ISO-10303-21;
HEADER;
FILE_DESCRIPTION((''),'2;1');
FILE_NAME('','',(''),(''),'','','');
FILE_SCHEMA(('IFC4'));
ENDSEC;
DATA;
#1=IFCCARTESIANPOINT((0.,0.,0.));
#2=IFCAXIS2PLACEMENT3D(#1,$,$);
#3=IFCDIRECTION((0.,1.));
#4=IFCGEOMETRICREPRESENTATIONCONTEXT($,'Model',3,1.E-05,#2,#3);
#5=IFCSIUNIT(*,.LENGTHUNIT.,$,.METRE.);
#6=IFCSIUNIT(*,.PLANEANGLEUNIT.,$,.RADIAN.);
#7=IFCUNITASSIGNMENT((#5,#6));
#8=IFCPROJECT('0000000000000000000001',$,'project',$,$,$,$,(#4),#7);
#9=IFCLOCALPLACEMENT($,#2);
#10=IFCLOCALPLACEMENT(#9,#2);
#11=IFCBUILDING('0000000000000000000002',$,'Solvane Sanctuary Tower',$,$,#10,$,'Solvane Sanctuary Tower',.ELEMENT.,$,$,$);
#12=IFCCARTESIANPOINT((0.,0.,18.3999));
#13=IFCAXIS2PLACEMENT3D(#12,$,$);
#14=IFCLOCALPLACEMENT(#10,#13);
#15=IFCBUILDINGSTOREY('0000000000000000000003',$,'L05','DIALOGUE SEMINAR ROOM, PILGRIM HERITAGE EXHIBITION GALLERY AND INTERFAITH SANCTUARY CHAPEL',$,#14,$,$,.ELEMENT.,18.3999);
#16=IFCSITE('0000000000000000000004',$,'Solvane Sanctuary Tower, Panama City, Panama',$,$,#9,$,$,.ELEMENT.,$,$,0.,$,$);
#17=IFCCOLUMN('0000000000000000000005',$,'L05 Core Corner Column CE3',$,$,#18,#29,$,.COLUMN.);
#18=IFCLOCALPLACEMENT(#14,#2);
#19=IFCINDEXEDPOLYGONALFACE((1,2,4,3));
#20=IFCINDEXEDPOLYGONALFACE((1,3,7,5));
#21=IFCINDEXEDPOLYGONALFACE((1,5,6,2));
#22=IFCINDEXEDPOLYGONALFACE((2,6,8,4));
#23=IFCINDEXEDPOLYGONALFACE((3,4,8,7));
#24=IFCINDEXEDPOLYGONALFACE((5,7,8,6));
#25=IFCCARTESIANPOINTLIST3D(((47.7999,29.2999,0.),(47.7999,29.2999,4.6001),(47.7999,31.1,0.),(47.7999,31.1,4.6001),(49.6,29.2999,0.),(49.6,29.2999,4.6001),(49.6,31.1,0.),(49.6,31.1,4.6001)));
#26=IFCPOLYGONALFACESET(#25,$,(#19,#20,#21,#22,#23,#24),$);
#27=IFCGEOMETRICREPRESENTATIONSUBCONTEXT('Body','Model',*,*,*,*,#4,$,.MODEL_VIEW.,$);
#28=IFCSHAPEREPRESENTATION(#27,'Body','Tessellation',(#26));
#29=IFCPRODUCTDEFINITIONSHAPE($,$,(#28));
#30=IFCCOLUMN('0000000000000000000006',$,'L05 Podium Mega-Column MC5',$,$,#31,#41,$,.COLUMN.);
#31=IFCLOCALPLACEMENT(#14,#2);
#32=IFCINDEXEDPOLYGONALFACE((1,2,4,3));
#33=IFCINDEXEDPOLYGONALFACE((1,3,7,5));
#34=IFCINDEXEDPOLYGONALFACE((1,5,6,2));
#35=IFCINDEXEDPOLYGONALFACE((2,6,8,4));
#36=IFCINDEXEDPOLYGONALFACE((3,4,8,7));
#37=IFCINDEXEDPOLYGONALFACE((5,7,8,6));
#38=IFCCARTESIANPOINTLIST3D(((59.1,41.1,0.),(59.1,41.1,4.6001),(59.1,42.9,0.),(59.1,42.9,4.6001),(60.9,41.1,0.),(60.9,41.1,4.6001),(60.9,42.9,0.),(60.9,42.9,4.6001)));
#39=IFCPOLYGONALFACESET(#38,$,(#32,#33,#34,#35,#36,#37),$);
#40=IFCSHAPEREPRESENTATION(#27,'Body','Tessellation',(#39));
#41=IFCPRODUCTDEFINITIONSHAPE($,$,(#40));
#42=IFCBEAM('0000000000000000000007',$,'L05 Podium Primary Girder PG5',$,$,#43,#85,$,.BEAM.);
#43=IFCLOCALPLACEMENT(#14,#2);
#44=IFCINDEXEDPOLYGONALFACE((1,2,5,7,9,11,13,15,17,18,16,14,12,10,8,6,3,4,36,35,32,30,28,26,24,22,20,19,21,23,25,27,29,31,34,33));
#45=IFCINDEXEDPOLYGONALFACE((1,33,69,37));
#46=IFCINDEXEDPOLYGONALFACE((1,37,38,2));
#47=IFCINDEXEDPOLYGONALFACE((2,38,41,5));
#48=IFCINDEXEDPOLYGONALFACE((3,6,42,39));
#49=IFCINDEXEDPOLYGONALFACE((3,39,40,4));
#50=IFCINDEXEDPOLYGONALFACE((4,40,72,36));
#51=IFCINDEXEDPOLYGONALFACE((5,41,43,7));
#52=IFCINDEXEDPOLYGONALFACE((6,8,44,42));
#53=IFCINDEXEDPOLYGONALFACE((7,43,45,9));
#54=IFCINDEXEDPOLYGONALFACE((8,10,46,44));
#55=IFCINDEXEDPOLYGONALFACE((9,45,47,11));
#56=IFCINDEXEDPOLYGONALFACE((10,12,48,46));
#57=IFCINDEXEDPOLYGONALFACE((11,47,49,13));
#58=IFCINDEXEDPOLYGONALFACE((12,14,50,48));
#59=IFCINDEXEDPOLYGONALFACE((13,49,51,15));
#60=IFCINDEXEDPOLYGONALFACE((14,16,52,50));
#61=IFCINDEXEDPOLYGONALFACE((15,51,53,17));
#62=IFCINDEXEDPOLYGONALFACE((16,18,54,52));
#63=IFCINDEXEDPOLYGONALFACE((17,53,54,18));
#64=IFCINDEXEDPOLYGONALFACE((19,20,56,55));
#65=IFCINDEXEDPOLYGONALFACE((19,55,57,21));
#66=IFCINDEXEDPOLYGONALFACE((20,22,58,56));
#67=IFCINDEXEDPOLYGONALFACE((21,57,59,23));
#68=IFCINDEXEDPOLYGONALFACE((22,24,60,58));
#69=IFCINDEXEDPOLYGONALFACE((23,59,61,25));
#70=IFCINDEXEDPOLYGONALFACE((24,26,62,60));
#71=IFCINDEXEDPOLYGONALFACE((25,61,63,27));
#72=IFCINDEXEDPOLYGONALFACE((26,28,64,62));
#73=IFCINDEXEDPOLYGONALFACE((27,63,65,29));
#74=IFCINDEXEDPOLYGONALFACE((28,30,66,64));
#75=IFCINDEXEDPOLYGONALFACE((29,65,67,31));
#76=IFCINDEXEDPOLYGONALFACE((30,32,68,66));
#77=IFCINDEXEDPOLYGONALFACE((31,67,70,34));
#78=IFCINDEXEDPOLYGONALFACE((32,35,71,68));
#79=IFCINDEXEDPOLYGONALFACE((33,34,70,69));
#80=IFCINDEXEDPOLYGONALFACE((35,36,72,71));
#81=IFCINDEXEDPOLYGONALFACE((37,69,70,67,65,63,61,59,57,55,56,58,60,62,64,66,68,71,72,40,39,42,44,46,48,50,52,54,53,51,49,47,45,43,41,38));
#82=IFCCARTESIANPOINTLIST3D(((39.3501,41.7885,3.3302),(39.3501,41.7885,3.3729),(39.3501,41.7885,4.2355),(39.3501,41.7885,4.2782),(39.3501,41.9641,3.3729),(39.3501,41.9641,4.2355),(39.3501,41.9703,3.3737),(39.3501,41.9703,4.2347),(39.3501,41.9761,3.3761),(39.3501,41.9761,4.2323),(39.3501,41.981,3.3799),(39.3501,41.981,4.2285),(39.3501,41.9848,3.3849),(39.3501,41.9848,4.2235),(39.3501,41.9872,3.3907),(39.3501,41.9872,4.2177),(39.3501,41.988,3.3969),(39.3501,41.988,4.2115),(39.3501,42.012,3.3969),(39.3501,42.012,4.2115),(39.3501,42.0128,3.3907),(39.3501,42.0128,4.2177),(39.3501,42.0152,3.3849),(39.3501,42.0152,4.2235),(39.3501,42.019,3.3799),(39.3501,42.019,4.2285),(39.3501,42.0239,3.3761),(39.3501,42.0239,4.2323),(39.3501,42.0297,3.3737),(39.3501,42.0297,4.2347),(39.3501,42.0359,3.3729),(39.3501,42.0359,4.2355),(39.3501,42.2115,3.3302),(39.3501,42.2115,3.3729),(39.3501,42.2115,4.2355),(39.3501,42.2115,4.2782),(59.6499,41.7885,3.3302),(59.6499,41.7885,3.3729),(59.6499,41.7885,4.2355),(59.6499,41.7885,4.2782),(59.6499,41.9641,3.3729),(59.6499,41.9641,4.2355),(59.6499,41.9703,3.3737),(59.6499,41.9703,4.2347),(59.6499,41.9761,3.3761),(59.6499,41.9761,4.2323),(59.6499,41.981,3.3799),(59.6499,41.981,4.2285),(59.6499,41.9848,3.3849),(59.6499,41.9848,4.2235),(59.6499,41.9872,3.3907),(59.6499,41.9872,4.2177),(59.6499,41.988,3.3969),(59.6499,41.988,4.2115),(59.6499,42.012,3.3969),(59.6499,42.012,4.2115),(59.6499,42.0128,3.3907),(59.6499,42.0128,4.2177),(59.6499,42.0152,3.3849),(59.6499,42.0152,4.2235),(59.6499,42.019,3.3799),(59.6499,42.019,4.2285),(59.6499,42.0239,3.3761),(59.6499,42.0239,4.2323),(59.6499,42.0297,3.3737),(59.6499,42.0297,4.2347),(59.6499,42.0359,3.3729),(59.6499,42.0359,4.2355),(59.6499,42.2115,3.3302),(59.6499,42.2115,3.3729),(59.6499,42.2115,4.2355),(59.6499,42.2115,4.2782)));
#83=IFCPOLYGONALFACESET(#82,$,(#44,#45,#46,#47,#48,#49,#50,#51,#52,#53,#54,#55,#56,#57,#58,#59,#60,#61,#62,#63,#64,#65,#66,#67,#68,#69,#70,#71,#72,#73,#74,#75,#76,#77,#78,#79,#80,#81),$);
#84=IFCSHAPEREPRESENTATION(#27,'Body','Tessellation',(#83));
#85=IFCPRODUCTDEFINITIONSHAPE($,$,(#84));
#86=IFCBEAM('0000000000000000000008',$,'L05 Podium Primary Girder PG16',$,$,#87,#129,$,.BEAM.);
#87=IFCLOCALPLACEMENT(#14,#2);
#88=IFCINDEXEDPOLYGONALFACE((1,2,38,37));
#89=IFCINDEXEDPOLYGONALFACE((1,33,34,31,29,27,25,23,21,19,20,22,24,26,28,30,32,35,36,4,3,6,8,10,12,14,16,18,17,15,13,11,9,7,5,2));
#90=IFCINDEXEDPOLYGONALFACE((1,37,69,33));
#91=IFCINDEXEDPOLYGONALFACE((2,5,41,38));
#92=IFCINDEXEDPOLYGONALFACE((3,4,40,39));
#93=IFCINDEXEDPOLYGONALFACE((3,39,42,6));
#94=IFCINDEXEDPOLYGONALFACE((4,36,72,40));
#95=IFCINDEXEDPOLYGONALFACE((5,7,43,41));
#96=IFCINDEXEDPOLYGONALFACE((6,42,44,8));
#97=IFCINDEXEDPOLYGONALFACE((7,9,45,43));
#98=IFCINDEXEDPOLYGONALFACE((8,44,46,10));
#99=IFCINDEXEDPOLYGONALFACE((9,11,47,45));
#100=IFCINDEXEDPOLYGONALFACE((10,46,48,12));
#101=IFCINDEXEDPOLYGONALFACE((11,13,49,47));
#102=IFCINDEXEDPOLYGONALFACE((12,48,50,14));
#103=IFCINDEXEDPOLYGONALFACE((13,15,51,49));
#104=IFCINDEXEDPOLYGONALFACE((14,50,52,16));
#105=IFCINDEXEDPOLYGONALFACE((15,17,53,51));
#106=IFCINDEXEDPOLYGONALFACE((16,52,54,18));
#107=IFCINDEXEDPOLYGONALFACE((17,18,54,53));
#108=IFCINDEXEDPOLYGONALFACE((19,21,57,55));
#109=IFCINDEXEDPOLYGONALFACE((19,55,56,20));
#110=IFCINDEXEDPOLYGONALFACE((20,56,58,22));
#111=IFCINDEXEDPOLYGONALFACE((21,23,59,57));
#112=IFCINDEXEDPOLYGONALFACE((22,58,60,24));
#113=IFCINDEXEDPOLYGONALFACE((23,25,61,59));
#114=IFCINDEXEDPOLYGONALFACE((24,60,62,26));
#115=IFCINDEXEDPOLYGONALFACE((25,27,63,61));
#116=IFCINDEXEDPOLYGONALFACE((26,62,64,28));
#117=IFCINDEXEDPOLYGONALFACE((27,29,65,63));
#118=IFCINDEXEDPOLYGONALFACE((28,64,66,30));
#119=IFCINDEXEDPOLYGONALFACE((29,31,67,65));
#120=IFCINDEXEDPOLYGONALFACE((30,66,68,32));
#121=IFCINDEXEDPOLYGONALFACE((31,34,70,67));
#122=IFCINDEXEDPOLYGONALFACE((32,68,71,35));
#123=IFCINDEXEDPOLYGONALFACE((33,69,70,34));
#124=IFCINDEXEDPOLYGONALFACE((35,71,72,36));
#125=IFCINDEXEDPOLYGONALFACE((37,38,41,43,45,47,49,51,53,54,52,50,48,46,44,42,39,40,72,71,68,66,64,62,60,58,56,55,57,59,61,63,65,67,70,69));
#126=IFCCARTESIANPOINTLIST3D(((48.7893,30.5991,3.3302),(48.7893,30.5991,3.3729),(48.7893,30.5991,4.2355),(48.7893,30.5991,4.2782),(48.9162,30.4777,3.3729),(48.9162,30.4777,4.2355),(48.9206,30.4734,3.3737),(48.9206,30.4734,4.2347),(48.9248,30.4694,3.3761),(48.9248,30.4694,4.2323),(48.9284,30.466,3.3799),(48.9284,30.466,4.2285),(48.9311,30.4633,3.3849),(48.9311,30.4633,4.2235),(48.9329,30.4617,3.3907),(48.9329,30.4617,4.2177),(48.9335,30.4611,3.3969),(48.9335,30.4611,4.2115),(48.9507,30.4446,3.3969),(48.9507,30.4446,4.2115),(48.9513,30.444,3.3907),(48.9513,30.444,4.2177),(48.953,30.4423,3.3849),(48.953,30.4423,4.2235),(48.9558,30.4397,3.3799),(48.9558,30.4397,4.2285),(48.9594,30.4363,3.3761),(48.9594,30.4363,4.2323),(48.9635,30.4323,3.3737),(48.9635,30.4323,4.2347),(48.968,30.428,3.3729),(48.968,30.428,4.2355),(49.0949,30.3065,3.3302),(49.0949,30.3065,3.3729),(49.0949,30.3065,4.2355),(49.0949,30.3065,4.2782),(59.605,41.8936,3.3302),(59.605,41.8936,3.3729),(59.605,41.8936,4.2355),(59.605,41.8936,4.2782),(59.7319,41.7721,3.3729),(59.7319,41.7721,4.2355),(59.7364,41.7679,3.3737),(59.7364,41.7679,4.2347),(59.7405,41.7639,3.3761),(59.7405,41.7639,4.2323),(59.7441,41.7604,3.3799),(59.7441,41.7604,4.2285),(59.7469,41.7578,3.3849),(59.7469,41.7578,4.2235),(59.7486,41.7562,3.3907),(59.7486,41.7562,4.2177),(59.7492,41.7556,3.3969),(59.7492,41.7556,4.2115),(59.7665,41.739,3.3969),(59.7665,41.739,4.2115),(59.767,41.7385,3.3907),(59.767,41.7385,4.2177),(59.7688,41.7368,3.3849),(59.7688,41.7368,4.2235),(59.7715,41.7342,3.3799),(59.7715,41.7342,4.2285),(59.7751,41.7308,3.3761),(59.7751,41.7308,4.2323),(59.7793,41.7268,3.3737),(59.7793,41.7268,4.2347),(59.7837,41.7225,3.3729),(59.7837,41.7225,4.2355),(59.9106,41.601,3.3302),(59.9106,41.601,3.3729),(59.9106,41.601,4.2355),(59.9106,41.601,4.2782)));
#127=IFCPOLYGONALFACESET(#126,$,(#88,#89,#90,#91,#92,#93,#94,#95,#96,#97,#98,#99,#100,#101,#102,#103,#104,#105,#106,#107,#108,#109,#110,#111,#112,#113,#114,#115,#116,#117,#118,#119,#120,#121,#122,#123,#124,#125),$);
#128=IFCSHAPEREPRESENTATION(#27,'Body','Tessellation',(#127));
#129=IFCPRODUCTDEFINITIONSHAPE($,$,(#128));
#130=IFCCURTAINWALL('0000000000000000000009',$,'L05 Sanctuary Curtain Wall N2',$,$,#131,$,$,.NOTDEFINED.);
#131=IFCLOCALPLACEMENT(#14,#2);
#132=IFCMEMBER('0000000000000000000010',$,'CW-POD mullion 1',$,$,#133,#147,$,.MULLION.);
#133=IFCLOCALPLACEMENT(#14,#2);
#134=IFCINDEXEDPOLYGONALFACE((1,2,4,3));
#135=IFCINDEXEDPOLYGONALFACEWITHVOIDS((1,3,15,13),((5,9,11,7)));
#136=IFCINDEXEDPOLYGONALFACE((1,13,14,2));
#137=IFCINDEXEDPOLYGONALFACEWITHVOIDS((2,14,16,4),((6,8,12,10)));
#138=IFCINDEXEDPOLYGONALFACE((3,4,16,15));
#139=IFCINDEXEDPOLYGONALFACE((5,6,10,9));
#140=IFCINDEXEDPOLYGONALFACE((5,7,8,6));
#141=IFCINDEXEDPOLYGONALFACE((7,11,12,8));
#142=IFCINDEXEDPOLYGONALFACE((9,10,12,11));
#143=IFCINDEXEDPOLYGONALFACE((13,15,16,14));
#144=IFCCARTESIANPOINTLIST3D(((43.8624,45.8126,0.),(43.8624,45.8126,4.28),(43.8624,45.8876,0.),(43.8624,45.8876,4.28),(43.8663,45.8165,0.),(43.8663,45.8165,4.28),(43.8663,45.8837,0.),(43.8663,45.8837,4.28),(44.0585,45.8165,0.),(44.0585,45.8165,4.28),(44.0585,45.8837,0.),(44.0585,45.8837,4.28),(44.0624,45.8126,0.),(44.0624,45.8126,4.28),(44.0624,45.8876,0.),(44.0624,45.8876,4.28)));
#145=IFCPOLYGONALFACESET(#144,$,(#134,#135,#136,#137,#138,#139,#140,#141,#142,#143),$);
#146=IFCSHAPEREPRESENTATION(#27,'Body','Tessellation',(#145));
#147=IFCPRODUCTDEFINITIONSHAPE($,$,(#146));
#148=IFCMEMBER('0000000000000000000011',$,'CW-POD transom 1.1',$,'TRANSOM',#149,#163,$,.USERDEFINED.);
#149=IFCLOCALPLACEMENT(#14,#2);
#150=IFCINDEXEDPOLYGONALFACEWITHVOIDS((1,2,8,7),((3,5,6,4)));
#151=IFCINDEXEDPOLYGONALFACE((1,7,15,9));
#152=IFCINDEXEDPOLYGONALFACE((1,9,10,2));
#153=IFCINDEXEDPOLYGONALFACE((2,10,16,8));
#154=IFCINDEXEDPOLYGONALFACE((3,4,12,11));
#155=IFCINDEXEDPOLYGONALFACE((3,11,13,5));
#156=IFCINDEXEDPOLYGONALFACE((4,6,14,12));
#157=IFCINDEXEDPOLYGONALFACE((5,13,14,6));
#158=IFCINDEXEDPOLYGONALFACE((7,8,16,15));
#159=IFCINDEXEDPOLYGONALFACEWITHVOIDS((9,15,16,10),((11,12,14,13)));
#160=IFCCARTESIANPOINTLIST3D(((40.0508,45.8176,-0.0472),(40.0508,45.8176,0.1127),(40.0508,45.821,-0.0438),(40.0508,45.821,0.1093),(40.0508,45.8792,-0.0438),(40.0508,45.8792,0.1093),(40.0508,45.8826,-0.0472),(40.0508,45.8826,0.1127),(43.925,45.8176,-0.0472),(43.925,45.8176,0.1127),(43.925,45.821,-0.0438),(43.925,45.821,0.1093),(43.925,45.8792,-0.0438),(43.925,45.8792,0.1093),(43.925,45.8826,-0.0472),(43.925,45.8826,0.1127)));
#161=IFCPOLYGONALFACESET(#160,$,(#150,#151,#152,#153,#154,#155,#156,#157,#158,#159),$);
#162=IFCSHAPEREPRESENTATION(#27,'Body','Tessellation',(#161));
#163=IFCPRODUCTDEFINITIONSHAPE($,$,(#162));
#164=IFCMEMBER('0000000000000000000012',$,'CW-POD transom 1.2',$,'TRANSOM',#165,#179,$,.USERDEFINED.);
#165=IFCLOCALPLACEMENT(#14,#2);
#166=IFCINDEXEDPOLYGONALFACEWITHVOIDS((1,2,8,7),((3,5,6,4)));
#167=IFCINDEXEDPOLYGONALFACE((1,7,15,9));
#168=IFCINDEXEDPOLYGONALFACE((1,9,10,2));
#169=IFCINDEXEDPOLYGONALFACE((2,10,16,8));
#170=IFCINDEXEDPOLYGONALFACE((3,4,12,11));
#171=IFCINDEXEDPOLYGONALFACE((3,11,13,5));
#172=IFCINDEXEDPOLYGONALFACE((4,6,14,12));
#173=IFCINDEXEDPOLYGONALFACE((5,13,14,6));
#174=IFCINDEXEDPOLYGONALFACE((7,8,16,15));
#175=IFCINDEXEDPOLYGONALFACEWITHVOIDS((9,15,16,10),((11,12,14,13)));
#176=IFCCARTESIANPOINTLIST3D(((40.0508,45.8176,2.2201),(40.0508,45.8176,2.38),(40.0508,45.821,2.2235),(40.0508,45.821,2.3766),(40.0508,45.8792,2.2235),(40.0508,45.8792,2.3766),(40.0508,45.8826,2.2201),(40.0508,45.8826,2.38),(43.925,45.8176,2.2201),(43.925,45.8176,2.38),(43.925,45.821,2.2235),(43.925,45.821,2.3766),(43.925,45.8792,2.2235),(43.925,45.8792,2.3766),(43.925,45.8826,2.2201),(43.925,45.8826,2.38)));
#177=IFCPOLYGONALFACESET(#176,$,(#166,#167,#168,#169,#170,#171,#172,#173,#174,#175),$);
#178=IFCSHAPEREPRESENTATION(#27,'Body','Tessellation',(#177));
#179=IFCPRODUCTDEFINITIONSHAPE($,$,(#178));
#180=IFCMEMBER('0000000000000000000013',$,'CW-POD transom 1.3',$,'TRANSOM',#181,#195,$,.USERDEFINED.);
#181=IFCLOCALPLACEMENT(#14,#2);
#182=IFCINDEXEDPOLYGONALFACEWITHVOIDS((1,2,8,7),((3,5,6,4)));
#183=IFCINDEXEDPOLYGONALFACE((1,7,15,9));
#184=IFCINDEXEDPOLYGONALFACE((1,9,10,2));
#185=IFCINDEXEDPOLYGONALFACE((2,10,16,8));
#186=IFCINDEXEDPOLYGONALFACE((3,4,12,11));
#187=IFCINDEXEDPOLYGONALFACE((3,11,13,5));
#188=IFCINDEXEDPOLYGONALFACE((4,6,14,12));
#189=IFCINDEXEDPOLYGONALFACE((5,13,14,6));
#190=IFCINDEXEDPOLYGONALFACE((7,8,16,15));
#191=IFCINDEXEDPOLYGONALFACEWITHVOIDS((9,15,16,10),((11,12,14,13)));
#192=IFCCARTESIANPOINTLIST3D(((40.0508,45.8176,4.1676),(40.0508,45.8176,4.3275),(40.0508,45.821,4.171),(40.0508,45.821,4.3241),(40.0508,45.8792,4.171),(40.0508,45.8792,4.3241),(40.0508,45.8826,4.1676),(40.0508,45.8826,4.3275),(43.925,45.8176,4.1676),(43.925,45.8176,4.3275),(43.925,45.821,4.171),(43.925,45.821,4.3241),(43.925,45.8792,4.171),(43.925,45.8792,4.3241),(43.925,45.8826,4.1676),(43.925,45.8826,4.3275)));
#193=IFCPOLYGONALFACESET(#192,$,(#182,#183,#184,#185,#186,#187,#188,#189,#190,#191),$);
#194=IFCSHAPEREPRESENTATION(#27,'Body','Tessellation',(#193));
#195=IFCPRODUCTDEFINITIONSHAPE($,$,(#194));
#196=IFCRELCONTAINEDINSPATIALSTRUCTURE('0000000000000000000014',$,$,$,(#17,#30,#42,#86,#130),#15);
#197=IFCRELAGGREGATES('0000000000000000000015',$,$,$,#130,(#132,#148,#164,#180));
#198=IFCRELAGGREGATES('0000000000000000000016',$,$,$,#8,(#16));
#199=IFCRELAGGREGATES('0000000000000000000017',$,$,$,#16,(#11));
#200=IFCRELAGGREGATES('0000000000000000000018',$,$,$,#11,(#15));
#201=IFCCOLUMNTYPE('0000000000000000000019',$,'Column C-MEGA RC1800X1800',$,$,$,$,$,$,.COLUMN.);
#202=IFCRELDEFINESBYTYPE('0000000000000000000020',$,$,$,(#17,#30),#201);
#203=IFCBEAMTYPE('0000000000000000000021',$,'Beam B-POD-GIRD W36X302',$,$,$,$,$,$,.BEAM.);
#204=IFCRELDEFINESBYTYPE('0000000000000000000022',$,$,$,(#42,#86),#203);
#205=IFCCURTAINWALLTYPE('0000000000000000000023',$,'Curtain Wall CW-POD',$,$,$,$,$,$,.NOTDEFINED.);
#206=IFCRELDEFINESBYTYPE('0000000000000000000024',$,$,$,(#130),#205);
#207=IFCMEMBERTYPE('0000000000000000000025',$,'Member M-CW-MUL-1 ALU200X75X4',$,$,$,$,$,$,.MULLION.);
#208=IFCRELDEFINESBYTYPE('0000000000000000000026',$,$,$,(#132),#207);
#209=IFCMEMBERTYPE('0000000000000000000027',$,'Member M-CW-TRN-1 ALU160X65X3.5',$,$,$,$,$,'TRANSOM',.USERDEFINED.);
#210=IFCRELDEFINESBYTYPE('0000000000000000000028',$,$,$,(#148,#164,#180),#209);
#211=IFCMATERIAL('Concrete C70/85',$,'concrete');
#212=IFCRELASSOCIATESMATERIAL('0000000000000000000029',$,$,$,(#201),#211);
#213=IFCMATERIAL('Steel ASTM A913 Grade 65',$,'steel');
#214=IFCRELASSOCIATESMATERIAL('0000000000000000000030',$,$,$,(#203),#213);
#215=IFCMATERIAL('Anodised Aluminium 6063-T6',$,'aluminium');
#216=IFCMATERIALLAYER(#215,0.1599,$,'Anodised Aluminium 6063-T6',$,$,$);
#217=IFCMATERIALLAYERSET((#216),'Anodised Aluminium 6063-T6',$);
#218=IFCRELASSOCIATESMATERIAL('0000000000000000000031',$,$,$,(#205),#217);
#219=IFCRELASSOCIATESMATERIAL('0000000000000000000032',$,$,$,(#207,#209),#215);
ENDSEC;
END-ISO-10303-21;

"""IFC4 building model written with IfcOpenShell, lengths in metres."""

from ifc_helpers import new_model, si_unit, direction, frame, origin, origin_2d, place, context, subcontext, project, spatial, rectangle, hollow_rectangle, i_section, extrude, material, layer, layer_set, material_profile, profile_set, type_object, element, aggregate, save


model = new_model("IFC4")

# Units and contexts
model_context = context("Model", 3, precision=1e-05, world=origin(), true_north=direction((0.0, 1.0)))
body_context = subcontext(model_context, "Body", "Model", "MODEL_VIEW")
ifc_project = project(units=[si_unit("LENGTHUNIT", "METRE"), si_unit("PLANEANGLEUNIT", "RADIAN")], contexts=[model_context])

# Site, building, storey
site_placement = place(None, origin())
site = spatial("IfcSite", under=ifc_project, at=site_placement, Name="Solvane Sanctuary Tower, Panama City, Panama", CompositionType="ELEMENT", RefElevation=0.0)
building_placement = place(site_placement, origin())
building = spatial("IfcBuilding", under=site, at=building_placement, Name="Solvane Sanctuary Tower", LongName="Solvane Sanctuary Tower", CompositionType="ELEMENT")
storey_placement = place(building_placement, frame((0.0, 0.0, 18.3999)))
storey = spatial("IfcBuildingStorey", under=building, at=storey_placement, Name="L05", Description="DIALOGUE SEMINAR ROOM, PILGRIM HERITAGE EXHIBITION GALLERY AND INTERFAITH SANCTUARY CHAPEL", CompositionType="ELEMENT", Elevation=18.3999)

# Columns
ifc_material_1 = material(Name="Concrete C70/85", Category="concrete")
ifc_material_profile_1 = material_profile(ifc_material_1, rectangle(XDim=1.8, YDim=1.8, at=origin_2d()), Name="RC1800X1800")
ifc_profile_set_1 = profile_set([ifc_material_profile_1], Name="Concrete C70/85")
column_type = type_object("IfcColumnType", Name="Column C-MEGA RC1800X1800", PredefinedType="COLUMN", material=ifc_profile_set_1)
for number, where, z_axis, x_axis, name in (
    (1, (48.7, 30.2, 0.0), (0.0, 0.0, 1.0), (1.0, 0.0, 0.0), "L05 Core Corner Column CE3"),
    (2, (60.0, 42.0, 0.0), (0.0, 0.0, 1.0), (1.0, 0.0, 0.0), "L05 Podium Mega-Column MC5"),
):
    element("IfcColumn", number, at=place(storey_placement, frame(where, z_axis=z_axis, x_axis=x_axis)), inside=storey, type_object=column_type, Name=name, PredefinedType="COLUMN", context=body_context, shape_type="SweptSolid", body=[
        extrude(rectangle(XDim=1.8, YDim=1.8, at=origin_2d()), origin(), (0.0, 0.0, 1.0), 4.6001),
    ])

# Beams
ifc_material_2 = material(Name="Steel ASTM A913 Grade 65", Category="steel")
ifc_material_profile_2 = material_profile(ifc_material_2, i_section(OverallWidth=0.4231, OverallDepth=0.948, WebThickness=0.0239, FlangeThickness=0.0427, FilletRadius=0.0239, at=origin_2d()), Name="W36X302")
ifc_profile_set_2 = profile_set([ifc_material_profile_2], Name="Steel ASTM A913 Grade 65")
beam_type = type_object("IfcBeamType", Name="Beam B-POD-GIRD W36X302", PredefinedType="BEAM", material=ifc_profile_set_2)
beam_1_placement = place(storey_placement, frame((59.6499, 42.0, 3.8042), z_axis=(-1.0, 0.0, 0.0), x_axis=(0.0, -1.0, 0.0)))
element("IfcBeam", 3, at=beam_1_placement, inside=storey, type_object=beam_type, Name="L05 Podium Primary Girder PG5", PredefinedType="BEAM", context=body_context, shape_type="SweptSolid", body=[
    extrude(i_section(OverallWidth=0.4231, OverallDepth=0.948, WebThickness=0.0239, FlangeThickness=0.0427, FilletRadius=0.0239, at=origin_2d()), origin(), (0.0, 0.0, 1.0), 20.2998),
])
beam_2_placement = place(storey_placement, frame((59.7578, 41.7473, 3.8042), z_axis=(-0.691633, -0.722249, 0.0), x_axis=(0.722249, -0.691633, 0.0)))
element("IfcBeam", 4, at=beam_2_placement, inside=storey, type_object=beam_type, Name="L05 Podium Primary Girder PG16", PredefinedType="BEAM", context=body_context, shape_type="SweptSolid", body=[
    extrude(i_section(OverallWidth=0.4231, OverallDepth=0.948, WebThickness=0.0239, FlangeThickness=0.0427, FilletRadius=0.0239, at=origin_2d()), origin(), (0.0, 0.0, 1.0), 15.6379),
])

# Curtain wall, members
ifc_material_3 = material(Name="Anodised Aluminium 6063-T6", Category="aluminium")
ifc_layer_1 = layer(ifc_material_3, 0.1599, Name="Anodised Aluminium 6063-T6")
ifc_layer_set_1 = layer_set([ifc_layer_1], Name="Anodised Aluminium 6063-T6")
curtain_wall_type = type_object("IfcCurtainWallType", Name="Curtain Wall CW-POD", PredefinedType="NOTDEFINED", material=ifc_layer_set_1)
curtain_wall_placement = place(storey_placement, origin())
curtain_wall = element("IfcCurtainWall", 5, at=curtain_wall_placement, inside=storey, type_object=curtain_wall_type, Name="L05 Sanctuary Curtain Wall N2", PredefinedType="NOTDEFINED")
ifc_material_profile_3 = material_profile(ifc_material_3, hollow_rectangle(XDim=0.075, YDim=0.2, WallThickness=0.0039, at=origin_2d()), Name="ALU200X75X4")
ifc_profile_set_3 = profile_set([ifc_material_profile_3], Name="Anodised Aluminium 6063-T6")
member_type_1 = type_object("IfcMemberType", Name="Member M-CW-MUL-1 ALU200X75X4", PredefinedType="MULLION", material=ifc_profile_set_3)
member_1_placement = place(storey_placement, frame((43.9624, 45.8501, 0.0), z_axis=(0.0, 0.0, 1.0), x_axis=(0.0, -1.0, 0.0)))
member_1 = element("IfcMember", 6, at=member_1_placement, type_object=member_type_1, Name="CW-POD mullion 1", PredefinedType="MULLION", context=body_context, shape_type="SweptSolid", body=[
    extrude(hollow_rectangle(XDim=0.075, YDim=0.2, WallThickness=0.0039, at=origin_2d()), origin(), (0.0, 0.0, 1.0), 4.28),
])
ifc_material_profile_4 = material_profile(ifc_material_3, hollow_rectangle(XDim=0.0649, YDim=0.1599, WallThickness=0.0034, at=origin_2d()), Name="ALU160X65X3.5")
ifc_profile_set_4 = profile_set([ifc_material_profile_4], Name="Anodised Aluminium 6063-T6")
member_type_2 = type_object("IfcMemberType", Name="Member M-CW-TRN-1 ALU160X65X3.5", ElementType="TRANSOM", PredefinedType="USERDEFINED", material=ifc_profile_set_4)
member_2_placement = place(storey_placement, frame((43.925, 45.8501, 0.0327), z_axis=(-1.0, 0.0, 0.0), x_axis=(0.0, -1.0, 0.0)))
member_2 = element("IfcMember", 7, at=member_2_placement, type_object=member_type_2, Name="CW-POD transom 1.1", ObjectType="TRANSOM", PredefinedType="USERDEFINED", context=body_context, shape_type="SweptSolid", body=[
    extrude(hollow_rectangle(XDim=0.0649, YDim=0.1599, WallThickness=0.0034, at=origin_2d()), origin(), (0.0, 0.0, 1.0), 3.8743),
])
member_3_placement = place(storey_placement, frame((43.925, 45.8501, 2.3), z_axis=(-1.0, 0.0, 0.0), x_axis=(0.0, -1.0, 0.0)))
member_3 = element("IfcMember", 8, at=member_3_placement, type_object=member_type_2, Name="CW-POD transom 1.2", ObjectType="TRANSOM", PredefinedType="USERDEFINED", context=body_context, shape_type="SweptSolid", body=[
    extrude(hollow_rectangle(XDim=0.0649, YDim=0.1599, WallThickness=0.0034, at=origin_2d()), origin(), (0.0, 0.0, 1.0), 3.8743),
])
member_4_placement = place(storey_placement, frame((43.925, 45.8501, 4.2476), z_axis=(-1.0, 0.0, 0.0), x_axis=(0.0, -1.0, 0.0)))
member_4 = element("IfcMember", 9, at=member_4_placement, type_object=member_type_2, Name="CW-POD transom 1.3", ObjectType="TRANSOM", PredefinedType="USERDEFINED", context=body_context, shape_type="SweptSolid", body=[
    extrude(hollow_rectangle(XDim=0.0649, YDim=0.1599, WallThickness=0.0034, at=origin_2d()), origin(), (0.0, 0.0, 1.0), 3.8743),
])
aggregate(curtain_wall, [member_1, member_2, member_3, member_4])

save(model, "model.ifc")
